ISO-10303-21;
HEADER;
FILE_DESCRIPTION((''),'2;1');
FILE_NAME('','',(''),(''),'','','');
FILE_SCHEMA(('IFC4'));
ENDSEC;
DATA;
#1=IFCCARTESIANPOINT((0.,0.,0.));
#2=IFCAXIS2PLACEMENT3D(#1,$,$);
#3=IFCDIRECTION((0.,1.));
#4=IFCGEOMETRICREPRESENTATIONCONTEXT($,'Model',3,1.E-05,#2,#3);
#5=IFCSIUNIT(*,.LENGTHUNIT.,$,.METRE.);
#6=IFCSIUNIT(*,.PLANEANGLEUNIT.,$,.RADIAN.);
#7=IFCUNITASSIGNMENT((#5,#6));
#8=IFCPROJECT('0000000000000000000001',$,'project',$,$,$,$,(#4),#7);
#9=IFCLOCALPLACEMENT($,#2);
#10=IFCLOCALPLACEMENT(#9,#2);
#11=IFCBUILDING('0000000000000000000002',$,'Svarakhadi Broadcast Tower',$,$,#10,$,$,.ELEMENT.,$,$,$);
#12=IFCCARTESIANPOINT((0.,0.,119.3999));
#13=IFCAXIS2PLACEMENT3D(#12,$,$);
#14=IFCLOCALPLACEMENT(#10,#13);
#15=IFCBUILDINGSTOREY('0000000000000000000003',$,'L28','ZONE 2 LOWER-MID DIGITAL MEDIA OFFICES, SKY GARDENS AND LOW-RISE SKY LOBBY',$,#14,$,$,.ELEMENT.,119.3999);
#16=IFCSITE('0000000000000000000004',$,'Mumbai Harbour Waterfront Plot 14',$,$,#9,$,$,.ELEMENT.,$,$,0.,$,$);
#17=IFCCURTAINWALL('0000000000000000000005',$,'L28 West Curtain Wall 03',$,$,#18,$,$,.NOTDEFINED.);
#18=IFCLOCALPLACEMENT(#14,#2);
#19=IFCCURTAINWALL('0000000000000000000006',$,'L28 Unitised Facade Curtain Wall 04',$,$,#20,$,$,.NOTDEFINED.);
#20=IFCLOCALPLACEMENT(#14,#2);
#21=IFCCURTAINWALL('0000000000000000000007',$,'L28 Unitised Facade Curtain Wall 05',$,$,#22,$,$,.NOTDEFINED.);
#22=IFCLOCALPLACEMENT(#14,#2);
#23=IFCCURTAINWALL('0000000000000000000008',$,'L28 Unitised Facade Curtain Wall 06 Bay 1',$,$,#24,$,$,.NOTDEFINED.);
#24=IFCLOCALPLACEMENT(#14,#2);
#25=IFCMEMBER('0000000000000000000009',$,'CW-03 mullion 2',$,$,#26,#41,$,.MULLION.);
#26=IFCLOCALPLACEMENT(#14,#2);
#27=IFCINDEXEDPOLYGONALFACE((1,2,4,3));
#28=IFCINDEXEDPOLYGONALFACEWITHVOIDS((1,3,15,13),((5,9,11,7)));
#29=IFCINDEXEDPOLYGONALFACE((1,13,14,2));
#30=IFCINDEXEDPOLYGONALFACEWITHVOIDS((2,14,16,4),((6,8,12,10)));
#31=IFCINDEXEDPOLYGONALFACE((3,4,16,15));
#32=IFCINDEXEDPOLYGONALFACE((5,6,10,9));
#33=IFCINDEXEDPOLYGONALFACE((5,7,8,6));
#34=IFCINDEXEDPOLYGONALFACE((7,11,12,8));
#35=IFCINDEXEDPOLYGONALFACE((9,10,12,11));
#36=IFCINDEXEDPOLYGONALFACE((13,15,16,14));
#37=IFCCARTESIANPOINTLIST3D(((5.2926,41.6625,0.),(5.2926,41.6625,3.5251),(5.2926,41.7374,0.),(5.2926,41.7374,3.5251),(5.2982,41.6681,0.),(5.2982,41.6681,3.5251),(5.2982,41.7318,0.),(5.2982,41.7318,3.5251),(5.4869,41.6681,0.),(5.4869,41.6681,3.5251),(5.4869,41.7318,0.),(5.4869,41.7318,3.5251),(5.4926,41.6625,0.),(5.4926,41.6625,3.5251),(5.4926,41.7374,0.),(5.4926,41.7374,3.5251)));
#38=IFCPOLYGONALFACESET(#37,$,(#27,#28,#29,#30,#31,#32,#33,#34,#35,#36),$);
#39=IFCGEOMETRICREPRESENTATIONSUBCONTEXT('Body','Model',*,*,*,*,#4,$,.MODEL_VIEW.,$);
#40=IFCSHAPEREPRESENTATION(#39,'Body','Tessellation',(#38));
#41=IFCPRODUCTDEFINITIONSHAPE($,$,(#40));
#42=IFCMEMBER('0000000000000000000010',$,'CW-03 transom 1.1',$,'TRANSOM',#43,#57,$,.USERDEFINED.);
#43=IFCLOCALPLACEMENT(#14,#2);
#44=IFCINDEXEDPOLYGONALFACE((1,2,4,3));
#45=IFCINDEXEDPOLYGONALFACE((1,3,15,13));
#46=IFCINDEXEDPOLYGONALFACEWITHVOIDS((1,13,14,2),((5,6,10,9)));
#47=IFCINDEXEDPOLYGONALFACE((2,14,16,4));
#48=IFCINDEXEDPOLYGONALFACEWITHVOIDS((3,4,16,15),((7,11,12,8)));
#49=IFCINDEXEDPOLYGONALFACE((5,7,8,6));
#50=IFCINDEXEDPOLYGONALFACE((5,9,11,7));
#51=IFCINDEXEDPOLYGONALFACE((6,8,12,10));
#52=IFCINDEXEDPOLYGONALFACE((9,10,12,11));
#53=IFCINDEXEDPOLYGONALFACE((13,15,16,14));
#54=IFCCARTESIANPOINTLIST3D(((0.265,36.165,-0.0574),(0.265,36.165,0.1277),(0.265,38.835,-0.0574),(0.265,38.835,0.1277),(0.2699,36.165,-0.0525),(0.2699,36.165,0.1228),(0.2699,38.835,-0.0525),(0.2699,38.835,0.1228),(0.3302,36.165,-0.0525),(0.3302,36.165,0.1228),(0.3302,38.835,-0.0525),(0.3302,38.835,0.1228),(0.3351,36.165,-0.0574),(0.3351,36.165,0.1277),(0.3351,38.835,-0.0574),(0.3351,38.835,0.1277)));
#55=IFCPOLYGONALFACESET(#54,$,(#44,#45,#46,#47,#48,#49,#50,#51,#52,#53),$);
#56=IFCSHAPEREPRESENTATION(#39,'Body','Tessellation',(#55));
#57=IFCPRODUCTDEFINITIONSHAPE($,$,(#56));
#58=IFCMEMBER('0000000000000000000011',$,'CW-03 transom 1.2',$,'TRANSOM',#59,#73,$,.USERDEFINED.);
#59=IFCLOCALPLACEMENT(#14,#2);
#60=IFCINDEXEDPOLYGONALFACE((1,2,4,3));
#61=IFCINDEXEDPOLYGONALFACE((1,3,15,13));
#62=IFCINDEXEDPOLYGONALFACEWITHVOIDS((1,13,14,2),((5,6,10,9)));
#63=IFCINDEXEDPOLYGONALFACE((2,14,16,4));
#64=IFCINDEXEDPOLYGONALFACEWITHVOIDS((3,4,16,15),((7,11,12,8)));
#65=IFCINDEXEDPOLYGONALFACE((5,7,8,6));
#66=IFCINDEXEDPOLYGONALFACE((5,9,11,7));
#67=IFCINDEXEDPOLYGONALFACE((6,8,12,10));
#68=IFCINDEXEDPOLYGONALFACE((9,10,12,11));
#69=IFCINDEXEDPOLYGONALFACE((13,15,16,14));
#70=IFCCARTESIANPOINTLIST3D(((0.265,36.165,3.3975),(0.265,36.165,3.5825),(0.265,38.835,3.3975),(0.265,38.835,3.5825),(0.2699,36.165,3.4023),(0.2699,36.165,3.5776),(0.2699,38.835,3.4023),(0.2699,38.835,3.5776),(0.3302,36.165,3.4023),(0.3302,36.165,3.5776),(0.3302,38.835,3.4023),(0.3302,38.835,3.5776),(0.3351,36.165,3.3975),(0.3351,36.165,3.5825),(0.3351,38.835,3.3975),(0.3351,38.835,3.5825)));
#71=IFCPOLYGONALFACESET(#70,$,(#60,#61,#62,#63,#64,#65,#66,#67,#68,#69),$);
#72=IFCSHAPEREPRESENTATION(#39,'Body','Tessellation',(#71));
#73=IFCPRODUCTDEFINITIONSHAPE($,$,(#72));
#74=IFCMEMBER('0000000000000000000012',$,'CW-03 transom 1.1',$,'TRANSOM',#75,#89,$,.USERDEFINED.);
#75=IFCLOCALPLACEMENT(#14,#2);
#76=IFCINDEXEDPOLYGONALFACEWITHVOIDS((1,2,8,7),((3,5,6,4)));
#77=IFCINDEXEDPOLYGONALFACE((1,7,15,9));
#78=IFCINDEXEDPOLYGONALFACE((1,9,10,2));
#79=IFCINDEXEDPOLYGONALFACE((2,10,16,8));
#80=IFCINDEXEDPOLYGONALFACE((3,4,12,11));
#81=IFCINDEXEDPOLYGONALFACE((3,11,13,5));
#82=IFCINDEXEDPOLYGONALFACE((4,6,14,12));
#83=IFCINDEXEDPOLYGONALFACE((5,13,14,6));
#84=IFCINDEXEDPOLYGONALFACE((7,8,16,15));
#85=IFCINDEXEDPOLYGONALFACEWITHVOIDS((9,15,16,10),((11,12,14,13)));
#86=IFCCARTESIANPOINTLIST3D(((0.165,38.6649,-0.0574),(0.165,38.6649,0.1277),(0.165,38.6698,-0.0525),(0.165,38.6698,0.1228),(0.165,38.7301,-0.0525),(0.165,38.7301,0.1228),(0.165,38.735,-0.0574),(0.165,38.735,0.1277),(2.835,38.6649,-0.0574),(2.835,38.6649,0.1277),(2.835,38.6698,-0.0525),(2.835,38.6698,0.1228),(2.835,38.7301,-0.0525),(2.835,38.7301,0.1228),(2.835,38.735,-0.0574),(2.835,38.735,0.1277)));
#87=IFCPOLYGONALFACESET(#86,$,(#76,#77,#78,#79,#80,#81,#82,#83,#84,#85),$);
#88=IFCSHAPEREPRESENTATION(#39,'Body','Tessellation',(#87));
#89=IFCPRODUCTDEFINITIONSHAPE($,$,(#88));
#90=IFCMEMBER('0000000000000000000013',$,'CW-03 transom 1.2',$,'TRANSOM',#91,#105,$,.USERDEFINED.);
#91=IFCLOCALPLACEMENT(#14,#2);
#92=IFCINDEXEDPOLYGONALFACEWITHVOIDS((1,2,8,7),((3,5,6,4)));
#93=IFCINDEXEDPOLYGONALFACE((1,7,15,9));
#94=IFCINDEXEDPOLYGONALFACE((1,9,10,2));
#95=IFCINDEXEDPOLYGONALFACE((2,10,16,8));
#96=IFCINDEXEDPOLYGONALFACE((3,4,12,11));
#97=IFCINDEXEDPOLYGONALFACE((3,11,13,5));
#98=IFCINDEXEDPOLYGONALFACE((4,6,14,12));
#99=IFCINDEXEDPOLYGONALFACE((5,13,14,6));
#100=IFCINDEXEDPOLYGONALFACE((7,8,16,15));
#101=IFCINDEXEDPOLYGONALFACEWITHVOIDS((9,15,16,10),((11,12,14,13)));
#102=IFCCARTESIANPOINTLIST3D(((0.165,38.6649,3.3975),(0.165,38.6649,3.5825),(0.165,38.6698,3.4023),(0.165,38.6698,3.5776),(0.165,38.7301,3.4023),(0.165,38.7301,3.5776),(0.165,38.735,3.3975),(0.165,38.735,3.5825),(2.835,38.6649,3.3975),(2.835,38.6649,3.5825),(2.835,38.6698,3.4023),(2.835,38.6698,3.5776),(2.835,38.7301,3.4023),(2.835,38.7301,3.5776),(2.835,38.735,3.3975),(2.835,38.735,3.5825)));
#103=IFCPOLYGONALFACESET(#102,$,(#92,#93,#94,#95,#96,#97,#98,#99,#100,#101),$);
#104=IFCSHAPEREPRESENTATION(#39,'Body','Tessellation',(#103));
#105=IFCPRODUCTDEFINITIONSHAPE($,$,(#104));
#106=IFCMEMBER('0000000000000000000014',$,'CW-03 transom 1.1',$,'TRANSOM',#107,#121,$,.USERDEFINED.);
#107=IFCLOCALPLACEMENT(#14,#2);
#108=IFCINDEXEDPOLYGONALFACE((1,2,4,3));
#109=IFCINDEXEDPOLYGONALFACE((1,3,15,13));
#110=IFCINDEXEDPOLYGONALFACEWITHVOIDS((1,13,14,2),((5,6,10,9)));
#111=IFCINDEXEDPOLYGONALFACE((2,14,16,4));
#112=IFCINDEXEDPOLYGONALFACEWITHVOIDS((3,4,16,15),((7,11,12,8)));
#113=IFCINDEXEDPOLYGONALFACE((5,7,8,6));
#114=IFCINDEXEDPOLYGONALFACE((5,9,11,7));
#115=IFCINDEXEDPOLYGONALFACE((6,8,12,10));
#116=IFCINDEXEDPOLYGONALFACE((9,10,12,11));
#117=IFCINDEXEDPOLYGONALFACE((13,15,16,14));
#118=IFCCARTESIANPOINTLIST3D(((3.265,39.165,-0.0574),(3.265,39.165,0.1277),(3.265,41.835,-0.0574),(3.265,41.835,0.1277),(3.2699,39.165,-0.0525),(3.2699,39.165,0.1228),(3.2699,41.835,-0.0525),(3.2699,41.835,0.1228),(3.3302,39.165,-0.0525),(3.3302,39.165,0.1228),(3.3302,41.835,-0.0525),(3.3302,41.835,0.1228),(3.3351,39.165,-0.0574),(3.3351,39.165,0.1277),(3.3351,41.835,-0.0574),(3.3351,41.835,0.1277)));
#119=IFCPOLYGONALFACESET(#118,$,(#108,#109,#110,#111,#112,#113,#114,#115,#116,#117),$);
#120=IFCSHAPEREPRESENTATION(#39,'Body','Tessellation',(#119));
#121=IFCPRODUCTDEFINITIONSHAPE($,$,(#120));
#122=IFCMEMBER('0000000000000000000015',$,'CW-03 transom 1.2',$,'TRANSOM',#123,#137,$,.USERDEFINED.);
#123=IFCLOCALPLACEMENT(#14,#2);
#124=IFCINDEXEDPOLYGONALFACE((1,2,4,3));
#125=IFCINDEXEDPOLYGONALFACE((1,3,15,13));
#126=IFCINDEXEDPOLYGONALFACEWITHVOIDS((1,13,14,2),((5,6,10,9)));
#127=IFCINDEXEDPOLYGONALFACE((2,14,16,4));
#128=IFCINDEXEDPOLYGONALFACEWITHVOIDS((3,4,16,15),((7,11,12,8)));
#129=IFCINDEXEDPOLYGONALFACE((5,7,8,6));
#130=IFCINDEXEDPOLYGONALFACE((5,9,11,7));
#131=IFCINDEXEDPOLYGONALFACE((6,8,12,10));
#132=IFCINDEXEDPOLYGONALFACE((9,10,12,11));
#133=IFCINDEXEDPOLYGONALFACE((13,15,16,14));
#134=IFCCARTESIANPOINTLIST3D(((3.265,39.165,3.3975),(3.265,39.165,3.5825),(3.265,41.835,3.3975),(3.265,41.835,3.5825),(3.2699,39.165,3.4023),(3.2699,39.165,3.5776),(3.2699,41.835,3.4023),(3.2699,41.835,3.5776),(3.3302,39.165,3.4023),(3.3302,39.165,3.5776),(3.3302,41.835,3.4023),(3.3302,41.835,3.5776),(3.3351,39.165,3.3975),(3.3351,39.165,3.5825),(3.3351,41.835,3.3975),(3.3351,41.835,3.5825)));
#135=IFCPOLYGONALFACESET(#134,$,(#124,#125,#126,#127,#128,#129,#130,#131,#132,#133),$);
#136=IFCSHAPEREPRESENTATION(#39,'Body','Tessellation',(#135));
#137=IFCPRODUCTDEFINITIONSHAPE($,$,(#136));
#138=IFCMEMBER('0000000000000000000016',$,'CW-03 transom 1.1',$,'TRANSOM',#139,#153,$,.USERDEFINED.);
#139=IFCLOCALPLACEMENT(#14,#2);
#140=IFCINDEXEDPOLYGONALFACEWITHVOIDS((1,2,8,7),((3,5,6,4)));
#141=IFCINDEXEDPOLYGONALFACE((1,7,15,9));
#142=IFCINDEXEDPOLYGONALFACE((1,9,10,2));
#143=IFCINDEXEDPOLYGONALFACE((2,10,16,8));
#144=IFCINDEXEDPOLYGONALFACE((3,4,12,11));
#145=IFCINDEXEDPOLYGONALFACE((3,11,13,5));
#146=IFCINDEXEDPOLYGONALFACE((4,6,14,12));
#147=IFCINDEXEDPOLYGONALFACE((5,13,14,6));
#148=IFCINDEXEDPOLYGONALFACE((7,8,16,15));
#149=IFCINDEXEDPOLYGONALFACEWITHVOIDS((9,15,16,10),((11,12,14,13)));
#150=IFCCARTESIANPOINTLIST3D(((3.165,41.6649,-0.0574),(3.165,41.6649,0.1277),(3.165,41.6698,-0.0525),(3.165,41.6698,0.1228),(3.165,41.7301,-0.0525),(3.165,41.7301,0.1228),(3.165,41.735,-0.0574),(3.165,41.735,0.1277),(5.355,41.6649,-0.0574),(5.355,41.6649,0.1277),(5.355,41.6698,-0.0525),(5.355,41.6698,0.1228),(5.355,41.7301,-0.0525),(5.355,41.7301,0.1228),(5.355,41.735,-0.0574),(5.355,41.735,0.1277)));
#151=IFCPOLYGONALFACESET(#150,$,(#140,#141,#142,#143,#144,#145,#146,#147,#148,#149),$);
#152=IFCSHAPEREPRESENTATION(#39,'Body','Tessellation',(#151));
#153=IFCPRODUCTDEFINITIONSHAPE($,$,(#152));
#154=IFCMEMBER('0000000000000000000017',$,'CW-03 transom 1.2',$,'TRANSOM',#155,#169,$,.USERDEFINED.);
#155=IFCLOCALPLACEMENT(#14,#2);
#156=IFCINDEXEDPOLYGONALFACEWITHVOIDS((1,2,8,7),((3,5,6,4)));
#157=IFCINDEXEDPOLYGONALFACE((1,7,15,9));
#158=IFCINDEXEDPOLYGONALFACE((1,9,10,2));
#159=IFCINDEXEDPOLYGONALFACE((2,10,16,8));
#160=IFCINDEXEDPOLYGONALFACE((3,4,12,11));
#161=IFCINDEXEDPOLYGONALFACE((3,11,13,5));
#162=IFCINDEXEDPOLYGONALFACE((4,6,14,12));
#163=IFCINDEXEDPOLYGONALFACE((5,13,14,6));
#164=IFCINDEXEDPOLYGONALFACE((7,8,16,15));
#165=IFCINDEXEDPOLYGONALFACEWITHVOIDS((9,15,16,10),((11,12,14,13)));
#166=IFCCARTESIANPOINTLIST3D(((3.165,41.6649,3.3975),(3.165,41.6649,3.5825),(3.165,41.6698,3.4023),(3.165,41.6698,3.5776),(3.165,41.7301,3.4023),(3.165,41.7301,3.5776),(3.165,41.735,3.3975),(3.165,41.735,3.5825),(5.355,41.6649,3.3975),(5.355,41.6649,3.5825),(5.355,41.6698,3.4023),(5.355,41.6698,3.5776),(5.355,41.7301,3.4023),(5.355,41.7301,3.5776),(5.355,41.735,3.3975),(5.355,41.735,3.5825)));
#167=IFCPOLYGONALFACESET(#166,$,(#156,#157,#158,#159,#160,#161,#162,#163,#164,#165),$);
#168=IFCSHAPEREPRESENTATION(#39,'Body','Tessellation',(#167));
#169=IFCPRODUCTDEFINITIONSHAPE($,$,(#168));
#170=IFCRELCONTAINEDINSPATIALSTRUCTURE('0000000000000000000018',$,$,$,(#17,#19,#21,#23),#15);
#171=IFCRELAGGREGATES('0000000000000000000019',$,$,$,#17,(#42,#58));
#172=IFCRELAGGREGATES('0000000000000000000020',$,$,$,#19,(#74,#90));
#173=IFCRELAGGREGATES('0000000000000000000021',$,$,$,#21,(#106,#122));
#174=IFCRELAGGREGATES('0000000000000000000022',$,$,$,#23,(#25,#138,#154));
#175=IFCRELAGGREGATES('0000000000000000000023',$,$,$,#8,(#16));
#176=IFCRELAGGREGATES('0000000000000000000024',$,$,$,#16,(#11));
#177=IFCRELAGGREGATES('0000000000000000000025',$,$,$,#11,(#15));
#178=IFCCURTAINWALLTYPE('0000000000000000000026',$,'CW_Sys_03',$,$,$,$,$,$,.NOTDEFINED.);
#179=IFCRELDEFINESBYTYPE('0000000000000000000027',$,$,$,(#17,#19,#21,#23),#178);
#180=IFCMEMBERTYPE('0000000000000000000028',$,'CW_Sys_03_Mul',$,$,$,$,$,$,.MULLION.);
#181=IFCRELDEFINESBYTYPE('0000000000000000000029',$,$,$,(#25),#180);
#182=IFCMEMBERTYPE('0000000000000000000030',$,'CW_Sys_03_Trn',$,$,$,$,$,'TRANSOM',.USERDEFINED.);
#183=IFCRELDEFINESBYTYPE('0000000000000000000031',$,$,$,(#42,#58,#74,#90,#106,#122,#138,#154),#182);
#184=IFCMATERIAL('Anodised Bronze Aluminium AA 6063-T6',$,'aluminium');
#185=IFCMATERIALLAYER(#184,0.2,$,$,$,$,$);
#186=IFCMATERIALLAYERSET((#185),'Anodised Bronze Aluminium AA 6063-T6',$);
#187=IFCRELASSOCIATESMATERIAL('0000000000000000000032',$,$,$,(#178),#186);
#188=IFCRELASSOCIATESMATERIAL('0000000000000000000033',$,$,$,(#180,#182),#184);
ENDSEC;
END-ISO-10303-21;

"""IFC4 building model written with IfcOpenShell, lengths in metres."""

from ifc_helpers import new_model, si_unit, direction, frame, origin, origin_2d, place, context, subcontext, project, spatial, hollow_rectangle, extrude, material, layer, layer_set, material_profile, profile_set, type_object, element, aggregate, save


model = new_model("IFC4")

# Units and contexts
model_context = context("Model", 3, precision=1e-05, world=origin(), true_north=direction((0.0, 1.0)))
body_context = subcontext(model_context, "Body", "Model", "MODEL_VIEW")
ifc_project = project(units=[si_unit("LENGTHUNIT", "METRE"), si_unit("PLANEANGLEUNIT", "RADIAN")], contexts=[model_context])

# Site, building, storey
site_placement = place(None, origin())
site = spatial("IfcSite", under=ifc_project, at=site_placement, Name="Mumbai Harbour Waterfront Plot 14", CompositionType="ELEMENT", RefElevation=0.0)
building_placement = place(site_placement, origin())
building = spatial("IfcBuilding", under=site, at=building_placement, Name="Svarakhadi Broadcast Tower", CompositionType="ELEMENT")
storey_placement = place(building_placement, frame((0.0, 0.0, 119.3999)))
storey = spatial("IfcBuildingStorey", under=building, at=storey_placement, Name="L28", Description="ZONE 2 LOWER-MID DIGITAL MEDIA OFFICES, SKY GARDENS AND LOW-RISE SKY LOBBY", CompositionType="ELEMENT", Elevation=119.3999)

# Curtain walls, member
ifc_material_1 = material(Name="Anodised Bronze Aluminium AA 6063-T6", Category="aluminium")
ifc_layer_1 = layer(ifc_material_1, 0.2)
ifc_layer_set_1 = layer_set([ifc_layer_1], Name="Anodised Bronze Aluminium AA 6063-T6")
curtain_wall_type = type_object("IfcCurtainWallType", Name="CW_Sys_03", PredefinedType="NOTDEFINED", material=ifc_layer_set_1)
curtain_wall_1_placement = place(storey_placement, origin())
curtain_wall_1 = element("IfcCurtainWall", 1, at=curtain_wall_1_placement, inside=storey, type_object=curtain_wall_type, Name="L28 West Curtain Wall 03", PredefinedType="NOTDEFINED")
ifc_material_profile_1 = material_profile(ifc_material_1, hollow_rectangle(XDim=0.075, YDim=0.2, WallThickness=0.0056, at=origin_2d()), Name="ALU MULLION 200x75x6")
ifc_profile_set_1 = profile_set([ifc_material_profile_1], Name="Anodised Bronze Aluminium AA 6063-T6")
member_type_1 = type_object("IfcMemberType", Name="CW_Sys_03_Mul", PredefinedType="MULLION", material=ifc_profile_set_1)
curtain_wall_2_placement = place(storey_placement, origin())
curtain_wall_2 = element("IfcCurtainWall", 2, at=curtain_wall_2_placement, inside=storey, type_object=curtain_wall_type, Name="L28 Unitised Facade Curtain Wall 04", PredefinedType="NOTDEFINED")
curtain_wall_3_placement = place(storey_placement, origin())
curtain_wall_3 = element("IfcCurtainWall", 3, at=curtain_wall_3_placement, inside=storey, type_object=curtain_wall_type, Name="L28 Unitised Facade Curtain Wall 05", PredefinedType="NOTDEFINED")
curtain_wall_4_placement = place(storey_placement, origin())
curtain_wall_4 = element("IfcCurtainWall", 4, at=curtain_wall_4_placement, inside=storey, type_object=curtain_wall_type, Name="L28 Unitised Facade Curtain Wall 06 Bay 1", PredefinedType="NOTDEFINED")
member_1_placement = place(storey_placement, frame((5.3926, 41.7, 0.0), z_axis=(0.0, 0.0, 1.0), x_axis=(0.0, 1.0, 0.0)))
member_1 = element("IfcMember", 5, at=member_1_placement, type_object=member_type_1, Name="CW-03 mullion 2", PredefinedType="MULLION", context=body_context, shape_type="SweptSolid", body=[
    extrude(hollow_rectangle(XDim=0.075, YDim=0.2, WallThickness=0.0056, at=origin_2d()), origin(), (0.0, 0.0, 1.0), 3.5251),
])

# Members
ifc_material_profile_2 = material_profile(ifc_material_1, hollow_rectangle(XDim=0.0701, YDim=0.1851, WallThickness=0.0049, at=origin_2d()), Name="ALU TRANSOM 185x70x5")
ifc_profile_set_2 = profile_set([ifc_material_profile_2], Name="Anodised Bronze Aluminium AA 6063-T6")
member_type_2 = type_object("IfcMemberType", Name="CW_Sys_03_Trn", ElementType="TRANSOM", PredefinedType="USERDEFINED", material=ifc_profile_set_2)
member_2_placement = place(storey_placement, frame((0.3, 36.165, 0.0352), z_axis=(0.0, 1.0, 0.0), x_axis=(-1.0, 0.0, 0.0)))
member_2 = element("IfcMember", 6, at=member_2_placement, type_object=member_type_2, Name="CW-03 transom 1.1", ObjectType="TRANSOM", PredefinedType="USERDEFINED", context=body_context, shape_type="SweptSolid", body=[
    extrude(hollow_rectangle(XDim=0.0701, YDim=0.1851, WallThickness=0.0049, at=origin_2d()), origin(), (0.0, 0.0, 1.0), 2.6699),
])
member_3_placement = place(storey_placement, frame((0.3, 36.165, 3.49), z_axis=(0.0, 1.0, 0.0), x_axis=(-1.0, 0.0, 0.0)))
member_3 = element("IfcMember", 7, at=member_3_placement, type_object=member_type_2, Name="CW-03 transom 1.2", ObjectType="TRANSOM", PredefinedType="USERDEFINED", context=body_context, shape_type="SweptSolid", body=[
    extrude(hollow_rectangle(XDim=0.0701, YDim=0.1851, WallThickness=0.0049, at=origin_2d()), origin(), (0.0, 0.0, 1.0), 2.6699),
])
member_4_placement = place(storey_placement, frame((0.165, 38.7, 0.0352), z_axis=(1.0, 0.0, 0.0), x_axis=(0.0, 1.0, 0.0)))
member_4 = element("IfcMember", 8, at=member_4_placement, type_object=member_type_2, Name="CW-03 transom 1.1", ObjectType="TRANSOM", PredefinedType="USERDEFINED", context=body_context, shape_type="SweptSolid", body=[
    extrude(hollow_rectangle(XDim=0.0701, YDim=0.1851, WallThickness=0.0049, at=origin_2d()), origin(), (0.0, 0.0, 1.0), 2.6699),
])
member_5_placement = place(storey_placement, frame((0.165, 38.7, 3.49), z_axis=(1.0, 0.0, 0.0), x_axis=(0.0, 1.0, 0.0)))
member_5 = element("IfcMember", 9, at=member_5_placement, type_object=member_type_2, Name="CW-03 transom 1.2", ObjectType="TRANSOM", PredefinedType="USERDEFINED", context=body_context, shape_type="SweptSolid", body=[
    extrude(hollow_rectangle(XDim=0.0701, YDim=0.1851, WallThickness=0.0049, at=origin_2d()), origin(), (0.0, 0.0, 1.0), 2.6699),
])
member_6_placement = place(storey_placement, frame((3.3, 39.165, 0.0352), z_axis=(0.0, 1.0, 0.0), x_axis=(-1.0, 0.0, 0.0)))
member_6 = element("IfcMember", 10, at=member_6_placement, type_object=member_type_2, Name="CW-03 transom 1.1", ObjectType="TRANSOM", PredefinedType="USERDEFINED", context=body_context, shape_type="SweptSolid", body=[
    extrude(hollow_rectangle(XDim=0.0701, YDim=0.1851, WallThickness=0.0049, at=origin_2d()), origin(), (0.0, 0.0, 1.0), 2.6699),
])
member_7_placement = place(storey_placement, frame((3.3, 39.165, 3.49), z_axis=(0.0, 1.0, 0.0), x_axis=(-1.0, 0.0, 0.0)))
member_7 = element("IfcMember", 11, at=member_7_placement, type_object=member_type_2, Name="CW-03 transom 1.2", ObjectType="TRANSOM", PredefinedType="USERDEFINED", context=body_context, shape_type="SweptSolid", body=[
    extrude(hollow_rectangle(XDim=0.0701, YDim=0.1851, WallThickness=0.0049, at=origin_2d()), origin(), (0.0, 0.0, 1.0), 2.6699),
])
member_8_placement = place(storey_placement, frame((3.165, 41.7, 0.0352), z_axis=(1.0, 0.0, 0.0), x_axis=(0.0, 1.0, 0.0)))
member_8 = element("IfcMember", 12, at=member_8_placement, type_object=member_type_2, Name="CW-03 transom 1.1", ObjectType="TRANSOM", PredefinedType="USERDEFINED", context=body_context, shape_type="SweptSolid", body=[
    extrude(hollow_rectangle(XDim=0.0701, YDim=0.1851, WallThickness=0.0049, at=origin_2d()), origin(), (0.0, 0.0, 1.0), 2.1899),
])
member_9_placement = place(storey_placement, frame((3.165, 41.7, 3.49), z_axis=(1.0, 0.0, 0.0), x_axis=(0.0, 1.0, 0.0)))
member_9 = element("IfcMember", 13, at=member_9_placement, type_object=member_type_2, Name="CW-03 transom 1.2", ObjectType="TRANSOM", PredefinedType="USERDEFINED", context=body_context, shape_type="SweptSolid", body=[
    extrude(hollow_rectangle(XDim=0.0701, YDim=0.1851, WallThickness=0.0049, at=origin_2d()), origin(), (0.0, 0.0, 1.0), 2.1899),
])

aggregate(curtain_wall_1, [member_2, member_3])
aggregate(curtain_wall_2, [member_4, member_5])
aggregate(curtain_wall_3, [member_6, member_7])
aggregate(curtain_wall_4, [member_1, member_8, member_9])

save(model, "model.ifc")
